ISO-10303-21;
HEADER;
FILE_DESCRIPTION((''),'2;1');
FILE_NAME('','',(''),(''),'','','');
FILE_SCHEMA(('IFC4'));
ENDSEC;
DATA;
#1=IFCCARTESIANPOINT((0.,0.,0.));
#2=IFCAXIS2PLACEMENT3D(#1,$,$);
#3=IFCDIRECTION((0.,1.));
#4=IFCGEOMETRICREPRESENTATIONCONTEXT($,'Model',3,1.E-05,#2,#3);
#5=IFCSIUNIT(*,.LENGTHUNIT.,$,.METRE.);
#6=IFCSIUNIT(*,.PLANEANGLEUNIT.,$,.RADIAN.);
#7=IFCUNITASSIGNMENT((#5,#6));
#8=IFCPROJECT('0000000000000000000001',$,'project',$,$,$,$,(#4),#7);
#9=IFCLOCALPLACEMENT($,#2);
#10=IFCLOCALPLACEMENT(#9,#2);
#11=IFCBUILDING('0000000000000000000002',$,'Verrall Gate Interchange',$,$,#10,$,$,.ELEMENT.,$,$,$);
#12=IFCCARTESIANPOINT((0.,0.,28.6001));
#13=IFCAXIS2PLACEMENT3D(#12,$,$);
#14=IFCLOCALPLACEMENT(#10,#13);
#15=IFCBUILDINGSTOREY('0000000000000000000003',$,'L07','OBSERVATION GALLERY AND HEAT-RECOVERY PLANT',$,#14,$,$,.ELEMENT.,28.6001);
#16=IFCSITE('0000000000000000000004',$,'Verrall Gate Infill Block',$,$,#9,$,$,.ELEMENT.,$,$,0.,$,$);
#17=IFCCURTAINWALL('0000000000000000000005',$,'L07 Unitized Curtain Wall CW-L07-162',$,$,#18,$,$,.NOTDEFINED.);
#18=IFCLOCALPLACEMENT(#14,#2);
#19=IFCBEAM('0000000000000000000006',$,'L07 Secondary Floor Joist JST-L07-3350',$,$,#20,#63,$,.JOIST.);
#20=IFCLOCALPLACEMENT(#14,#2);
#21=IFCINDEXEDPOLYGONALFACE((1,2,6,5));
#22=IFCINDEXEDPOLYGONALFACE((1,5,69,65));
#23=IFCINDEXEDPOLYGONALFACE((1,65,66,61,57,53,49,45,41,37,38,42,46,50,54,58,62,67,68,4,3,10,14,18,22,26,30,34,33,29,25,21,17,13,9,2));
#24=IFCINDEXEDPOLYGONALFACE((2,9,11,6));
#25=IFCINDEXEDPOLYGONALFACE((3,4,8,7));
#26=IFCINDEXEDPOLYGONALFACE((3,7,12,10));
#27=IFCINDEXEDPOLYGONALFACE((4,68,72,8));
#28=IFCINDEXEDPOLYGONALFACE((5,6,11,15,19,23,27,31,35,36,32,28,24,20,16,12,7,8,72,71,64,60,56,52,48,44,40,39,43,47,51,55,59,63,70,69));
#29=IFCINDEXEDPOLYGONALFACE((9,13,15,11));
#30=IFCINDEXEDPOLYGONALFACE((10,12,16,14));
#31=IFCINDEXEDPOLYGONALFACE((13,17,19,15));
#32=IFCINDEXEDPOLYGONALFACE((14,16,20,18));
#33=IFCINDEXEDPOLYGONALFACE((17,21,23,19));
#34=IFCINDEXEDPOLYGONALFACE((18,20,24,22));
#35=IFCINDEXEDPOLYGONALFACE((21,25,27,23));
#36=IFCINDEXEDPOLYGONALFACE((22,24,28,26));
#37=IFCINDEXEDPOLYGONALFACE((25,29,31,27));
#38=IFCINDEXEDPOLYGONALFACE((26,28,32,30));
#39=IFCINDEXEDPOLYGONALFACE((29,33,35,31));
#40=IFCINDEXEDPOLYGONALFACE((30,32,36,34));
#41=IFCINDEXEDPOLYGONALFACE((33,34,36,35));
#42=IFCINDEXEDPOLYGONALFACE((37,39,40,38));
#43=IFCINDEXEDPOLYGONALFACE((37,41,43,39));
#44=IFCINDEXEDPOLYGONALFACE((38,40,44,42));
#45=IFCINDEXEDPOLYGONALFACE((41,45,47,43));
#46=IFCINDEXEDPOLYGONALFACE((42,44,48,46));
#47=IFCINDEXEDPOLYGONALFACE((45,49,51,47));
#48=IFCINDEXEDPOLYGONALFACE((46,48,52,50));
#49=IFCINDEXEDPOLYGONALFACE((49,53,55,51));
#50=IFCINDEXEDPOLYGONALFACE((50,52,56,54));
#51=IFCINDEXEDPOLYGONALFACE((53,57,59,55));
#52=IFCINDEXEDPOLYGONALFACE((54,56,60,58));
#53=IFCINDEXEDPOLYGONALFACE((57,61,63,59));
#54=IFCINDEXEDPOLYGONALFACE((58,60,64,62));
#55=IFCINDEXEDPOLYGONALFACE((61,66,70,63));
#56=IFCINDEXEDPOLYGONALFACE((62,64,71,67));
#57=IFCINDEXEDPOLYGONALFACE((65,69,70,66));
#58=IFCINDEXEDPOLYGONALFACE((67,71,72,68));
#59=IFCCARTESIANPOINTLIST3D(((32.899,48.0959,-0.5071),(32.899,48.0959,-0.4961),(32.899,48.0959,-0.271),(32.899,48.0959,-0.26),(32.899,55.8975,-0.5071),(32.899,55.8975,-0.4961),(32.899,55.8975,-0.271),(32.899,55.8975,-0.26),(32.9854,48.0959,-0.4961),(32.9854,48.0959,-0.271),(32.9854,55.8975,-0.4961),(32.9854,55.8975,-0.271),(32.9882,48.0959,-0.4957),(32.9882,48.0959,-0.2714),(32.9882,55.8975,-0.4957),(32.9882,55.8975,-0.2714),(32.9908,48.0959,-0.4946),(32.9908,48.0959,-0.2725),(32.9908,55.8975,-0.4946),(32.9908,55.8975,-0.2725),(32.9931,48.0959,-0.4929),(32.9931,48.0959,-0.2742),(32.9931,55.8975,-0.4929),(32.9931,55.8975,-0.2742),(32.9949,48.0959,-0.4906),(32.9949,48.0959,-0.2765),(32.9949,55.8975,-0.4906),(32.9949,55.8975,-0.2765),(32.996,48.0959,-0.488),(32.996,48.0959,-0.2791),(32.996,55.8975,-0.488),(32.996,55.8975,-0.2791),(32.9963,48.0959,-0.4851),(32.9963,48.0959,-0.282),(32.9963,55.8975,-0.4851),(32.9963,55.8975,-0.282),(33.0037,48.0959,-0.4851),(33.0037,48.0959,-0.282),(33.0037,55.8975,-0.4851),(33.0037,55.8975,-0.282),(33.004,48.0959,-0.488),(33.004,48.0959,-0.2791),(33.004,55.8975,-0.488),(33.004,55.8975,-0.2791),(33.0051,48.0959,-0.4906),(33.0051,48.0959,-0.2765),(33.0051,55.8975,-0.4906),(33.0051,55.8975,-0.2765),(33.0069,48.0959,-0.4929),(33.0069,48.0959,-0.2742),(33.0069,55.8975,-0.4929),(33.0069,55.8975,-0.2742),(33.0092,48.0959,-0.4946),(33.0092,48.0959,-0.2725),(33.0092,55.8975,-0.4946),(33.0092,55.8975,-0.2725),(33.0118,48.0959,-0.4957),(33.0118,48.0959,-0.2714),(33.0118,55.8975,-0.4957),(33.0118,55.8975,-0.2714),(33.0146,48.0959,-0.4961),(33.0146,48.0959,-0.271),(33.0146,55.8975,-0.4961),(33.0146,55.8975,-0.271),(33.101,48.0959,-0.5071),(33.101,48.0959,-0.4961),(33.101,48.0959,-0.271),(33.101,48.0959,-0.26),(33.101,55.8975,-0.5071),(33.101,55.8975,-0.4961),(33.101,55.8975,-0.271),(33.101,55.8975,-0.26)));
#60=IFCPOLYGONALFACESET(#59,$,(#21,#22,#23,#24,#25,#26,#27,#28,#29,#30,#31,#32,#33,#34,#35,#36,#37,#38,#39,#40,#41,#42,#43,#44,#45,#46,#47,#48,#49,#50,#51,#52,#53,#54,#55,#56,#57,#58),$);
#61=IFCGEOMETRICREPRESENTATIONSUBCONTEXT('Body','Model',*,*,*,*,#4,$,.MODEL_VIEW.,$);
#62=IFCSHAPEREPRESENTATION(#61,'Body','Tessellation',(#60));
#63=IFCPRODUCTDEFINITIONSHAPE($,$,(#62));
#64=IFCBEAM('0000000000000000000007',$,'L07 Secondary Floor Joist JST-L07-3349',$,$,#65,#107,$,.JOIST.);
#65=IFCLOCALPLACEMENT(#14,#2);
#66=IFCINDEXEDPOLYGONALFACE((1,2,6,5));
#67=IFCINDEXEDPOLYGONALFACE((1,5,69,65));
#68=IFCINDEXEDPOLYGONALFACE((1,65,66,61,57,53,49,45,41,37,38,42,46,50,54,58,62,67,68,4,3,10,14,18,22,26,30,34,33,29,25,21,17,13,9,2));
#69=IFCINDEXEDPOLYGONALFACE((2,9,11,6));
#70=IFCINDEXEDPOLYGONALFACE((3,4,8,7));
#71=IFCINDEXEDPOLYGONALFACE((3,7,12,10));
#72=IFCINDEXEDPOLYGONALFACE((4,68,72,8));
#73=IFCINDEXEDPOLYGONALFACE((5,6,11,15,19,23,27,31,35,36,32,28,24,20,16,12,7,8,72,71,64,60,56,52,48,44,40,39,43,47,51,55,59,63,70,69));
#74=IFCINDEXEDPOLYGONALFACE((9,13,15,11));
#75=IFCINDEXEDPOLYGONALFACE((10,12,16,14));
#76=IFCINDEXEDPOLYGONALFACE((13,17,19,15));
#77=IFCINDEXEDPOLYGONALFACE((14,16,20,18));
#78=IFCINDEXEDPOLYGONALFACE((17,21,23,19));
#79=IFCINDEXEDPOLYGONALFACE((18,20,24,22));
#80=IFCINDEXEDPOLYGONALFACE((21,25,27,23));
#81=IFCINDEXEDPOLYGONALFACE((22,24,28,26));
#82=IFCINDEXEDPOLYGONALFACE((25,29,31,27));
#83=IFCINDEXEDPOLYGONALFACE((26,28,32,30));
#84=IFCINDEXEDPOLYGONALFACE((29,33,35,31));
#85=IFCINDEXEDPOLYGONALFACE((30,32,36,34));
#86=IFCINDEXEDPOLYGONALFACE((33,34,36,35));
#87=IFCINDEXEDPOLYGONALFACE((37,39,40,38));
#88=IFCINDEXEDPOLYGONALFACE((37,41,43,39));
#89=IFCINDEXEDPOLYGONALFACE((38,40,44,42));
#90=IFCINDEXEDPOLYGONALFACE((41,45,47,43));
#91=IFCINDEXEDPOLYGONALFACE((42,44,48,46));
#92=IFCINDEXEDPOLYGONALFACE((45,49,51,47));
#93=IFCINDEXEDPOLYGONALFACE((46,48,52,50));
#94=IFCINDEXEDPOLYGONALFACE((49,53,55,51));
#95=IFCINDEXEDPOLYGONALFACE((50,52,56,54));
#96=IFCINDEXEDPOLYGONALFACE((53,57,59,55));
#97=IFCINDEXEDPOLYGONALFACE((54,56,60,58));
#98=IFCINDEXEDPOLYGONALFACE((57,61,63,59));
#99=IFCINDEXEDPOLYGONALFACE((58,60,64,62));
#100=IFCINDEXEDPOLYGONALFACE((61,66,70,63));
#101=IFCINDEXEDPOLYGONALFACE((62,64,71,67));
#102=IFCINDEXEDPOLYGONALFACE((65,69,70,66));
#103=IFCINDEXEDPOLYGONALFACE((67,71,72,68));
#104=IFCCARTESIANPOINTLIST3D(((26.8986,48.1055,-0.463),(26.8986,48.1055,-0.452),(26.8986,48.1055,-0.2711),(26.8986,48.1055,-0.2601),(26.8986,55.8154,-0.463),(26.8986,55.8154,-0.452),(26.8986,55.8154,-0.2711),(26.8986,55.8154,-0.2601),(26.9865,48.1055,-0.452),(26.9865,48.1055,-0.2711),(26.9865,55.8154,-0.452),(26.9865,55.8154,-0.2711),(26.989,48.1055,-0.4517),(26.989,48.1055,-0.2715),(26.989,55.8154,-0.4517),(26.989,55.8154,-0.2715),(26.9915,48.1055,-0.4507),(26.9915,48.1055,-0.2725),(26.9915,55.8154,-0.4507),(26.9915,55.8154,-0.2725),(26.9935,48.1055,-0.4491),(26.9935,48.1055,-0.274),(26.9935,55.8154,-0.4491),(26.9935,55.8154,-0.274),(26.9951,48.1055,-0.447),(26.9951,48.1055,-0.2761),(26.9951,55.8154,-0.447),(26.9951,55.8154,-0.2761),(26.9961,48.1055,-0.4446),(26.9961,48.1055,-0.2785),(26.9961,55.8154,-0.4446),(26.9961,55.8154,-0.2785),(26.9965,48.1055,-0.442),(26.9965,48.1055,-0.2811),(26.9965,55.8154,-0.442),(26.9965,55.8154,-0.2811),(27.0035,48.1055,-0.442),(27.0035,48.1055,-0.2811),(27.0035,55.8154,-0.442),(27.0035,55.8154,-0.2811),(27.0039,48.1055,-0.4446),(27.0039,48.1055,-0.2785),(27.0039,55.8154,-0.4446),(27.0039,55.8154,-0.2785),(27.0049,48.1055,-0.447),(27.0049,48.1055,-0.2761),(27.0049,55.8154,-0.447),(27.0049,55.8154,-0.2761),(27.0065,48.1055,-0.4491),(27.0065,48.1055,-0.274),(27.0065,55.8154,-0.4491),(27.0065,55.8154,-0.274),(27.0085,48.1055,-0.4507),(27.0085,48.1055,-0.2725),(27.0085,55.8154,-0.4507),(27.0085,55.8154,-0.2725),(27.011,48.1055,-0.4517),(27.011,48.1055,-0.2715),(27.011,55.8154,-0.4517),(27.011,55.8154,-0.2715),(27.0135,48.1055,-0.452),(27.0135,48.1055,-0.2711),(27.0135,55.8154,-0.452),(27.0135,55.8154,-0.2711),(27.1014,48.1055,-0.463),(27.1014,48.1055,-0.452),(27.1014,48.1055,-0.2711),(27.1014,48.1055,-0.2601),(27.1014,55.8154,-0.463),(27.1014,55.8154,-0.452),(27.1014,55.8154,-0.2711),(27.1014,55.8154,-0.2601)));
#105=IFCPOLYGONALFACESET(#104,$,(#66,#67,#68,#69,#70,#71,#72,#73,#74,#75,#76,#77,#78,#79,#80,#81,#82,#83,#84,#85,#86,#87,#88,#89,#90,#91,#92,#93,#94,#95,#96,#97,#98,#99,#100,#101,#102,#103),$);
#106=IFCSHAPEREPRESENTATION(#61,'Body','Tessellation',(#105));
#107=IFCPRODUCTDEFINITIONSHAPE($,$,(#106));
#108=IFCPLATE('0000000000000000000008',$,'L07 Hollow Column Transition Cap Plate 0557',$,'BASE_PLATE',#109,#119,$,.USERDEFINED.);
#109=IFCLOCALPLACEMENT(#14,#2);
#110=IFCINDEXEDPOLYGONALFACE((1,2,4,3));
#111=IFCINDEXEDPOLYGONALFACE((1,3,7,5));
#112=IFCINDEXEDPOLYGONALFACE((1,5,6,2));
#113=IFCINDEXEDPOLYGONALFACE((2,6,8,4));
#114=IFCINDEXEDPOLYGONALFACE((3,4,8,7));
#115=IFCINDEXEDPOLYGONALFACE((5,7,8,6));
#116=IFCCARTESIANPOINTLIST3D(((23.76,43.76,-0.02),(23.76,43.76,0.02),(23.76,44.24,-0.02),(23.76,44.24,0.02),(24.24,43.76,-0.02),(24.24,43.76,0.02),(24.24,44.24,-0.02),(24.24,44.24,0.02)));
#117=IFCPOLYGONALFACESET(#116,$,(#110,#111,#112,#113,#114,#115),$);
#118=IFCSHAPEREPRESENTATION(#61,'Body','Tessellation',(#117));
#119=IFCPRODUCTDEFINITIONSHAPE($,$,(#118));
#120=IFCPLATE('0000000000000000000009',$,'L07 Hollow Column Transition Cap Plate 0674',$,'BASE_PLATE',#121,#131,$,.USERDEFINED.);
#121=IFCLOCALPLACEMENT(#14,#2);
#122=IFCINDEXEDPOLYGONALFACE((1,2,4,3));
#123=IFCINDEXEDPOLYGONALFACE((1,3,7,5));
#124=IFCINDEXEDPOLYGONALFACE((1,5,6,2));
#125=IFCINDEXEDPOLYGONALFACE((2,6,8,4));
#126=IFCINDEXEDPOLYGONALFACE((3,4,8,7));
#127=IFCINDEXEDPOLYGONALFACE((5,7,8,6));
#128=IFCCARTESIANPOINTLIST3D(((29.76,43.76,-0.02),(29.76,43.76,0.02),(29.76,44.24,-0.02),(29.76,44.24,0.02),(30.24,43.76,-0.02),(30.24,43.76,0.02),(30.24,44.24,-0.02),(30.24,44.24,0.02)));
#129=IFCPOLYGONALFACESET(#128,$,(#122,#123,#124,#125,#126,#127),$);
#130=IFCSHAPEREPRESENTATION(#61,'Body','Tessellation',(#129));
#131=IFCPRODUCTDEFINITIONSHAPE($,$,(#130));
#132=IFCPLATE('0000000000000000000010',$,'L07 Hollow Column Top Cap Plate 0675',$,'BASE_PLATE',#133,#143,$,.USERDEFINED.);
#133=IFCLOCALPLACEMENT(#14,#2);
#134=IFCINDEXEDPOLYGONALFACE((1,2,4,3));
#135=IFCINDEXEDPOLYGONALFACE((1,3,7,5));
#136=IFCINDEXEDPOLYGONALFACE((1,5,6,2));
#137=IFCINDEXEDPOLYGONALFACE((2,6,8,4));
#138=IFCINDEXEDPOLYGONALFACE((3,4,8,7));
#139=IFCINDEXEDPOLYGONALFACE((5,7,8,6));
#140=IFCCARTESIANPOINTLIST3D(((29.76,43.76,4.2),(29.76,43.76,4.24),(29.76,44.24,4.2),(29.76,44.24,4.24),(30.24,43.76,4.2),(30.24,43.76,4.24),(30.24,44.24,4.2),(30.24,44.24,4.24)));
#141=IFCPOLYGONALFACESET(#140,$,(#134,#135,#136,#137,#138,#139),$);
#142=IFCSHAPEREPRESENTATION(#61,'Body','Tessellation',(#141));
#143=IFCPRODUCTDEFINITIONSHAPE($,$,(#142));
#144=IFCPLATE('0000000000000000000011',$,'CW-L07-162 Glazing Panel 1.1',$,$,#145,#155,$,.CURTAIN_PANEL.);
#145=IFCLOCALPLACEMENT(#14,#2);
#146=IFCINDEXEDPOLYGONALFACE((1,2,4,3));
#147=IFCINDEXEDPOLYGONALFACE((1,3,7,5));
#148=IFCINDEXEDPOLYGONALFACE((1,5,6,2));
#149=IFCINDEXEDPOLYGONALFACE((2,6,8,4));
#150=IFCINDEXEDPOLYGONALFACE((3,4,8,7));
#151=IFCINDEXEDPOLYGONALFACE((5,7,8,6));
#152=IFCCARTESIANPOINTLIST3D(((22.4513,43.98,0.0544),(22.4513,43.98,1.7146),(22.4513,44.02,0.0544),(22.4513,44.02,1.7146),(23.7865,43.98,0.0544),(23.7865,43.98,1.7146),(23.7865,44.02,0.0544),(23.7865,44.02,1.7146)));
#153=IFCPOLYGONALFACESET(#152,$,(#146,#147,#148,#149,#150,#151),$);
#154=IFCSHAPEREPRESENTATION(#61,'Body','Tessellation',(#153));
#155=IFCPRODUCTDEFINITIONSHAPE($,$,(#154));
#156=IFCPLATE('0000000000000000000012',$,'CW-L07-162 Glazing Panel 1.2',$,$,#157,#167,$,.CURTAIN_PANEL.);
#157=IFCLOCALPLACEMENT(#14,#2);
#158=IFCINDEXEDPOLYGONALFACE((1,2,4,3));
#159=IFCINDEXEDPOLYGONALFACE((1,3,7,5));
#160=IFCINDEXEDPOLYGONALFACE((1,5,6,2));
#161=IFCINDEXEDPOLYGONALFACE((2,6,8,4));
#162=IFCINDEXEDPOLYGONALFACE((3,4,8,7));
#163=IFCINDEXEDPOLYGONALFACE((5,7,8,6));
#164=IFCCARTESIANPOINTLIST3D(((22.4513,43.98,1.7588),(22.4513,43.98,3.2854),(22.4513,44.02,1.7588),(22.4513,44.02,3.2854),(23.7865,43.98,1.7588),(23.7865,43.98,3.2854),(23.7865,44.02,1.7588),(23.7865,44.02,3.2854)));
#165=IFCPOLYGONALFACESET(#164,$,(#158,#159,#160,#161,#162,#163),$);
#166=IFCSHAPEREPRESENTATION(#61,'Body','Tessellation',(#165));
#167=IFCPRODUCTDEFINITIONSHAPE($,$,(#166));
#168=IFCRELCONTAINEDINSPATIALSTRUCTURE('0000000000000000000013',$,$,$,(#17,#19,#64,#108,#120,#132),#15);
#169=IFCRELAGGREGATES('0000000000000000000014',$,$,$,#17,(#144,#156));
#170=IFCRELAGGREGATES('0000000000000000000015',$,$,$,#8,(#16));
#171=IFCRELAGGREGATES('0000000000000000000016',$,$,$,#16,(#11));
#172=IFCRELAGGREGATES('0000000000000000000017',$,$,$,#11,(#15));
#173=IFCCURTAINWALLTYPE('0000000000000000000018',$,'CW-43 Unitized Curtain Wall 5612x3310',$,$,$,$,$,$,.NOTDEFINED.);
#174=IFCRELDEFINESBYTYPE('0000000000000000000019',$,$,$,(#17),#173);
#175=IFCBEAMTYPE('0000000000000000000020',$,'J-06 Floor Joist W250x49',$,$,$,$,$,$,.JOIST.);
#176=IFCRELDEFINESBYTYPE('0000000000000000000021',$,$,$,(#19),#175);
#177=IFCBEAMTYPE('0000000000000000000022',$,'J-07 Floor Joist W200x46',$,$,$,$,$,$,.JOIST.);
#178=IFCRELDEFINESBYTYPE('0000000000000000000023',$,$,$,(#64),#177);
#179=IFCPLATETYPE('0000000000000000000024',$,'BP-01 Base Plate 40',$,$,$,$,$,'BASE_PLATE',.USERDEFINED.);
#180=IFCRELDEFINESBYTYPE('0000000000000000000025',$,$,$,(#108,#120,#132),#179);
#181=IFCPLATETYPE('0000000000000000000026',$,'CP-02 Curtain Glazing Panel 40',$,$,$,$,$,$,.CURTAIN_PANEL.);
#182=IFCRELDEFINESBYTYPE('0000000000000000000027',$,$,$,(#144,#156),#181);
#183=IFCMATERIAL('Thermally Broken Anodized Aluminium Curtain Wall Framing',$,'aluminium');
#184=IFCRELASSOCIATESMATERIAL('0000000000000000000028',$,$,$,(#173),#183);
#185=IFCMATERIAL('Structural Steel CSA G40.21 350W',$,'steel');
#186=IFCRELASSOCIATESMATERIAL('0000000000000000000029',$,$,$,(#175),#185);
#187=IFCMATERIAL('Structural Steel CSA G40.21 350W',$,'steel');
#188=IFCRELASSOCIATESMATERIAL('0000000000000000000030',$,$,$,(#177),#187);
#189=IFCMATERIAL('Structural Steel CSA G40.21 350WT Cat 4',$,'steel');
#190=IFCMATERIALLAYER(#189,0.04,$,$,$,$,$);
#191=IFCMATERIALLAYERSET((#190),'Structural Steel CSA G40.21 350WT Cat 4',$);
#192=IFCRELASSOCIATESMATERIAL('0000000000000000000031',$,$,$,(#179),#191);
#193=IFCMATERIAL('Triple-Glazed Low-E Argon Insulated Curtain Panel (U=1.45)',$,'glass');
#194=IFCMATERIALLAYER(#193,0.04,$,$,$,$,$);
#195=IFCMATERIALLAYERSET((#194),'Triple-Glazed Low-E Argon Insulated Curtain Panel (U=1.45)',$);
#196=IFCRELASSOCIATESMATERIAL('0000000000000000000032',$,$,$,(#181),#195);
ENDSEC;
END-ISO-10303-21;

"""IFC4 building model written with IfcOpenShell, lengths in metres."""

from ifc_helpers import new_model, si_unit, direction, frame, origin, origin_2d, place, context, subcontext, project, spatial, rectangle, i_section, extrude, material, layer, layer_set, material_profile, profile_set, type_object, element, aggregate, save


model = new_model("IFC4")

# Units and contexts
model_context = context("Model", 3, precision=1e-05, world=origin(), true_north=direction((0.0, 1.0)))
body_context = subcontext(model_context, "Body", "Model", "MODEL_VIEW")
ifc_project = project(units=[si_unit("LENGTHUNIT", "METRE"), si_unit("PLANEANGLEUNIT", "RADIAN")], contexts=[model_context])

# Site, building, storey
site_placement = place(None, origin())
site = spatial("IfcSite", under=ifc_project, at=site_placement, Name="Verrall Gate Infill Block", CompositionType="ELEMENT", RefElevation=0.0)
building_placement = place(site_placement, origin())
building = spatial("IfcBuilding", under=site, at=building_placement, Name="Verrall Gate Interchange", CompositionType="ELEMENT")
storey_placement = place(building_placement, frame((0.0, 0.0, 28.6001)))
storey = spatial("IfcBuildingStorey", under=building, at=storey_placement, Name="L07", Description="OBSERVATION GALLERY AND HEAT-RECOVERY PLANT", CompositionType="ELEMENT", Elevation=28.6001)

# Curtain wall
ifc_material_1 = material(Name="Thermally Broken Anodized Aluminium Curtain Wall Framing", Category="aluminium")
curtain_wall_type = type_object("IfcCurtainWallType", Name="CW-43 Unitized Curtain Wall 5612x3310", PredefinedType="NOTDEFINED", material=ifc_material_1)
curtain_wall_placement = place(storey_placement, origin())
curtain_wall = element("IfcCurtainWall", 1, at=curtain_wall_placement, inside=storey, type_object=curtain_wall_type, Name="L07 Unitized Curtain Wall CW-L07-162", PredefinedType="NOTDEFINED")

# Beams
ifc_material_2 = material(Name="Structural Steel CSA G40.21 350W", Category="steel")
ifc_material_profile_1 = material_profile(ifc_material_2, i_section(OverallWidth=0.2019, OverallDepth=0.2471, WebThickness=0.0073, FlangeThickness=0.011, FilletRadius=0.011, at=origin_2d()), Name="W250x49")
ifc_profile_set_1 = profile_set([ifc_material_profile_1], Name="Structural Steel CSA G40.21 350W")
beam_type_1 = type_object("IfcBeamType", Name="J-06 Floor Joist W250x49", PredefinedType="JOIST", material=ifc_profile_set_1)
beam_1_placement = place(storey_placement, frame((33.0, 48.0959, -0.3835), z_axis=(0.0, 1.0, 0.0), x_axis=(-1.0, 0.0, 0.0)))
element("IfcBeam", 2, at=beam_1_placement, inside=storey, type_object=beam_type_1, Name="L07 Secondary Floor Joist JST-L07-3350", PredefinedType="JOIST", context=body_context, shape_type="SweptSolid", body=[
    extrude(i_section(OverallWidth=0.2019, OverallDepth=0.2471, WebThickness=0.0073, FlangeThickness=0.011, FilletRadius=0.011, at=origin_2d()), origin(), (0.0, 0.0, 1.0), 7.8015),
])
ifc_material_3 = material(Name="Structural Steel CSA G40.21 350W", Category="steel")
ifc_material_profile_2 = material_profile(ifc_material_3, i_section(OverallWidth=0.2029, OverallDepth=0.2029, WebThickness=0.0071, FlangeThickness=0.011, FilletRadius=0.01, at=origin_2d()), Name="W200x46")
ifc_profile_set_2 = profile_set([ifc_material_profile_2], Name="Structural Steel CSA G40.21 350W")
beam_type_2 = type_object("IfcBeamType", Name="J-07 Floor Joist W200x46", PredefinedType="JOIST", material=ifc_profile_set_2)
beam_2_placement = place(storey_placement, frame((27.0, 48.1055, -0.3616), z_axis=(0.0, 1.0, 0.0), x_axis=(-1.0, 0.0, 0.0)))
element("IfcBeam", 3, at=beam_2_placement, inside=storey, type_object=beam_type_2, Name="L07 Secondary Floor Joist JST-L07-3349", PredefinedType="JOIST", context=body_context, shape_type="SweptSolid", body=[
    extrude(i_section(OverallWidth=0.2029, OverallDepth=0.2029, WebThickness=0.0071, FlangeThickness=0.011, FilletRadius=0.01, at=origin_2d()), origin(), (0.0, 0.0, 1.0), 7.71),
])

# Plates
ifc_material_4 = material(Name="Structural Steel CSA G40.21 350WT Cat 4", Category="steel")
ifc_layer_1 = layer(ifc_material_4, 0.04)
ifc_layer_set_1 = layer_set([ifc_layer_1], Name="Structural Steel CSA G40.21 350WT Cat 4")
plate_type_1 = type_object("IfcPlateType", Name="BP-01 Base Plate 40", ElementType="BASE_PLATE", PredefinedType="USERDEFINED", material=ifc_layer_set_1)
for number, where, z_axis, x_axis, name in (
    (4, (24.0, 44.0, -0.02), (0.0, 0.0, 1.0), (1.0, 0.0, 0.0), "L07 Hollow Column Transition Cap Plate 0557"),
    (5, (30.0, 44.0, -0.02), (0.0, 0.0, 1.0), (1.0, 0.0, 0.0), "L07 Hollow Column Transition Cap Plate 0674"),
    (6, (30.0, 44.0, 4.2), (0.0, 0.0, 1.0), (1.0, 0.0, 0.0), "L07 Hollow Column Top Cap Plate 0675"),
):
    element("IfcPlate", number, at=place(storey_placement, frame(where, z_axis=z_axis, x_axis=x_axis)), inside=storey, type_object=plate_type_1, Name=name, ObjectType="BASE_PLATE", PredefinedType="USERDEFINED", context=body_context, shape_type="SweptSolid", body=[
        extrude(rectangle(XDim=0.48, YDim=0.48, at=origin_2d()), origin(), (0.0, 0.0, 1.0), 0.04),
    ])

# Plates
ifc_material_5 = material(Name="Triple-Glazed Low-E Argon Insulated Curtain Panel (U=1.45)", Category="glass")
ifc_layer_2 = layer(ifc_material_5, 0.04)
ifc_layer_set_2 = layer_set([ifc_layer_2], Name="Triple-Glazed Low-E Argon Insulated Curtain Panel (U=1.45)")
plate_type_2 = type_object("IfcPlateType", Name="CP-02 Curtain Glazing Panel 40", PredefinedType="CURTAIN_PANEL", material=ifc_layer_set_2)
plate_1_placement = place(storey_placement, frame((23.1189, 44.0, 0.0544), z_axis=(0.0, 0.0, 1.0), x_axis=(-1.0, 0.0, 0.0)))
plate_1 = element("IfcPlate", 7, at=plate_1_placement, type_object=plate_type_2, Name="CW-L07-162 Glazing Panel 1.1", PredefinedType="CURTAIN_PANEL", context=body_context, shape_type="SweptSolid", body=[
    extrude(rectangle(XDim=1.3352, YDim=0.04, at=origin_2d()), origin(), (0.0, 0.0, 1.0), 1.6602),
])
plate_2_placement = place(storey_placement, frame((23.1189, 44.0, 1.7588), z_axis=(0.0, 0.0, 1.0), x_axis=(-1.0, 0.0, 0.0)))
plate_2 = element("IfcPlate", 8, at=plate_2_placement, type_object=plate_type_2, Name="CW-L07-162 Glazing Panel 1.2", PredefinedType="CURTAIN_PANEL", context=body_context, shape_type="SweptSolid", body=[
    extrude(rectangle(XDim=1.3352, YDim=0.04, at=origin_2d()), origin(), (0.0, 0.0, 1.0), 1.5266),
])
aggregate(curtain_wall, [plate_1, plate_2])

save(model, "model.ifc")
